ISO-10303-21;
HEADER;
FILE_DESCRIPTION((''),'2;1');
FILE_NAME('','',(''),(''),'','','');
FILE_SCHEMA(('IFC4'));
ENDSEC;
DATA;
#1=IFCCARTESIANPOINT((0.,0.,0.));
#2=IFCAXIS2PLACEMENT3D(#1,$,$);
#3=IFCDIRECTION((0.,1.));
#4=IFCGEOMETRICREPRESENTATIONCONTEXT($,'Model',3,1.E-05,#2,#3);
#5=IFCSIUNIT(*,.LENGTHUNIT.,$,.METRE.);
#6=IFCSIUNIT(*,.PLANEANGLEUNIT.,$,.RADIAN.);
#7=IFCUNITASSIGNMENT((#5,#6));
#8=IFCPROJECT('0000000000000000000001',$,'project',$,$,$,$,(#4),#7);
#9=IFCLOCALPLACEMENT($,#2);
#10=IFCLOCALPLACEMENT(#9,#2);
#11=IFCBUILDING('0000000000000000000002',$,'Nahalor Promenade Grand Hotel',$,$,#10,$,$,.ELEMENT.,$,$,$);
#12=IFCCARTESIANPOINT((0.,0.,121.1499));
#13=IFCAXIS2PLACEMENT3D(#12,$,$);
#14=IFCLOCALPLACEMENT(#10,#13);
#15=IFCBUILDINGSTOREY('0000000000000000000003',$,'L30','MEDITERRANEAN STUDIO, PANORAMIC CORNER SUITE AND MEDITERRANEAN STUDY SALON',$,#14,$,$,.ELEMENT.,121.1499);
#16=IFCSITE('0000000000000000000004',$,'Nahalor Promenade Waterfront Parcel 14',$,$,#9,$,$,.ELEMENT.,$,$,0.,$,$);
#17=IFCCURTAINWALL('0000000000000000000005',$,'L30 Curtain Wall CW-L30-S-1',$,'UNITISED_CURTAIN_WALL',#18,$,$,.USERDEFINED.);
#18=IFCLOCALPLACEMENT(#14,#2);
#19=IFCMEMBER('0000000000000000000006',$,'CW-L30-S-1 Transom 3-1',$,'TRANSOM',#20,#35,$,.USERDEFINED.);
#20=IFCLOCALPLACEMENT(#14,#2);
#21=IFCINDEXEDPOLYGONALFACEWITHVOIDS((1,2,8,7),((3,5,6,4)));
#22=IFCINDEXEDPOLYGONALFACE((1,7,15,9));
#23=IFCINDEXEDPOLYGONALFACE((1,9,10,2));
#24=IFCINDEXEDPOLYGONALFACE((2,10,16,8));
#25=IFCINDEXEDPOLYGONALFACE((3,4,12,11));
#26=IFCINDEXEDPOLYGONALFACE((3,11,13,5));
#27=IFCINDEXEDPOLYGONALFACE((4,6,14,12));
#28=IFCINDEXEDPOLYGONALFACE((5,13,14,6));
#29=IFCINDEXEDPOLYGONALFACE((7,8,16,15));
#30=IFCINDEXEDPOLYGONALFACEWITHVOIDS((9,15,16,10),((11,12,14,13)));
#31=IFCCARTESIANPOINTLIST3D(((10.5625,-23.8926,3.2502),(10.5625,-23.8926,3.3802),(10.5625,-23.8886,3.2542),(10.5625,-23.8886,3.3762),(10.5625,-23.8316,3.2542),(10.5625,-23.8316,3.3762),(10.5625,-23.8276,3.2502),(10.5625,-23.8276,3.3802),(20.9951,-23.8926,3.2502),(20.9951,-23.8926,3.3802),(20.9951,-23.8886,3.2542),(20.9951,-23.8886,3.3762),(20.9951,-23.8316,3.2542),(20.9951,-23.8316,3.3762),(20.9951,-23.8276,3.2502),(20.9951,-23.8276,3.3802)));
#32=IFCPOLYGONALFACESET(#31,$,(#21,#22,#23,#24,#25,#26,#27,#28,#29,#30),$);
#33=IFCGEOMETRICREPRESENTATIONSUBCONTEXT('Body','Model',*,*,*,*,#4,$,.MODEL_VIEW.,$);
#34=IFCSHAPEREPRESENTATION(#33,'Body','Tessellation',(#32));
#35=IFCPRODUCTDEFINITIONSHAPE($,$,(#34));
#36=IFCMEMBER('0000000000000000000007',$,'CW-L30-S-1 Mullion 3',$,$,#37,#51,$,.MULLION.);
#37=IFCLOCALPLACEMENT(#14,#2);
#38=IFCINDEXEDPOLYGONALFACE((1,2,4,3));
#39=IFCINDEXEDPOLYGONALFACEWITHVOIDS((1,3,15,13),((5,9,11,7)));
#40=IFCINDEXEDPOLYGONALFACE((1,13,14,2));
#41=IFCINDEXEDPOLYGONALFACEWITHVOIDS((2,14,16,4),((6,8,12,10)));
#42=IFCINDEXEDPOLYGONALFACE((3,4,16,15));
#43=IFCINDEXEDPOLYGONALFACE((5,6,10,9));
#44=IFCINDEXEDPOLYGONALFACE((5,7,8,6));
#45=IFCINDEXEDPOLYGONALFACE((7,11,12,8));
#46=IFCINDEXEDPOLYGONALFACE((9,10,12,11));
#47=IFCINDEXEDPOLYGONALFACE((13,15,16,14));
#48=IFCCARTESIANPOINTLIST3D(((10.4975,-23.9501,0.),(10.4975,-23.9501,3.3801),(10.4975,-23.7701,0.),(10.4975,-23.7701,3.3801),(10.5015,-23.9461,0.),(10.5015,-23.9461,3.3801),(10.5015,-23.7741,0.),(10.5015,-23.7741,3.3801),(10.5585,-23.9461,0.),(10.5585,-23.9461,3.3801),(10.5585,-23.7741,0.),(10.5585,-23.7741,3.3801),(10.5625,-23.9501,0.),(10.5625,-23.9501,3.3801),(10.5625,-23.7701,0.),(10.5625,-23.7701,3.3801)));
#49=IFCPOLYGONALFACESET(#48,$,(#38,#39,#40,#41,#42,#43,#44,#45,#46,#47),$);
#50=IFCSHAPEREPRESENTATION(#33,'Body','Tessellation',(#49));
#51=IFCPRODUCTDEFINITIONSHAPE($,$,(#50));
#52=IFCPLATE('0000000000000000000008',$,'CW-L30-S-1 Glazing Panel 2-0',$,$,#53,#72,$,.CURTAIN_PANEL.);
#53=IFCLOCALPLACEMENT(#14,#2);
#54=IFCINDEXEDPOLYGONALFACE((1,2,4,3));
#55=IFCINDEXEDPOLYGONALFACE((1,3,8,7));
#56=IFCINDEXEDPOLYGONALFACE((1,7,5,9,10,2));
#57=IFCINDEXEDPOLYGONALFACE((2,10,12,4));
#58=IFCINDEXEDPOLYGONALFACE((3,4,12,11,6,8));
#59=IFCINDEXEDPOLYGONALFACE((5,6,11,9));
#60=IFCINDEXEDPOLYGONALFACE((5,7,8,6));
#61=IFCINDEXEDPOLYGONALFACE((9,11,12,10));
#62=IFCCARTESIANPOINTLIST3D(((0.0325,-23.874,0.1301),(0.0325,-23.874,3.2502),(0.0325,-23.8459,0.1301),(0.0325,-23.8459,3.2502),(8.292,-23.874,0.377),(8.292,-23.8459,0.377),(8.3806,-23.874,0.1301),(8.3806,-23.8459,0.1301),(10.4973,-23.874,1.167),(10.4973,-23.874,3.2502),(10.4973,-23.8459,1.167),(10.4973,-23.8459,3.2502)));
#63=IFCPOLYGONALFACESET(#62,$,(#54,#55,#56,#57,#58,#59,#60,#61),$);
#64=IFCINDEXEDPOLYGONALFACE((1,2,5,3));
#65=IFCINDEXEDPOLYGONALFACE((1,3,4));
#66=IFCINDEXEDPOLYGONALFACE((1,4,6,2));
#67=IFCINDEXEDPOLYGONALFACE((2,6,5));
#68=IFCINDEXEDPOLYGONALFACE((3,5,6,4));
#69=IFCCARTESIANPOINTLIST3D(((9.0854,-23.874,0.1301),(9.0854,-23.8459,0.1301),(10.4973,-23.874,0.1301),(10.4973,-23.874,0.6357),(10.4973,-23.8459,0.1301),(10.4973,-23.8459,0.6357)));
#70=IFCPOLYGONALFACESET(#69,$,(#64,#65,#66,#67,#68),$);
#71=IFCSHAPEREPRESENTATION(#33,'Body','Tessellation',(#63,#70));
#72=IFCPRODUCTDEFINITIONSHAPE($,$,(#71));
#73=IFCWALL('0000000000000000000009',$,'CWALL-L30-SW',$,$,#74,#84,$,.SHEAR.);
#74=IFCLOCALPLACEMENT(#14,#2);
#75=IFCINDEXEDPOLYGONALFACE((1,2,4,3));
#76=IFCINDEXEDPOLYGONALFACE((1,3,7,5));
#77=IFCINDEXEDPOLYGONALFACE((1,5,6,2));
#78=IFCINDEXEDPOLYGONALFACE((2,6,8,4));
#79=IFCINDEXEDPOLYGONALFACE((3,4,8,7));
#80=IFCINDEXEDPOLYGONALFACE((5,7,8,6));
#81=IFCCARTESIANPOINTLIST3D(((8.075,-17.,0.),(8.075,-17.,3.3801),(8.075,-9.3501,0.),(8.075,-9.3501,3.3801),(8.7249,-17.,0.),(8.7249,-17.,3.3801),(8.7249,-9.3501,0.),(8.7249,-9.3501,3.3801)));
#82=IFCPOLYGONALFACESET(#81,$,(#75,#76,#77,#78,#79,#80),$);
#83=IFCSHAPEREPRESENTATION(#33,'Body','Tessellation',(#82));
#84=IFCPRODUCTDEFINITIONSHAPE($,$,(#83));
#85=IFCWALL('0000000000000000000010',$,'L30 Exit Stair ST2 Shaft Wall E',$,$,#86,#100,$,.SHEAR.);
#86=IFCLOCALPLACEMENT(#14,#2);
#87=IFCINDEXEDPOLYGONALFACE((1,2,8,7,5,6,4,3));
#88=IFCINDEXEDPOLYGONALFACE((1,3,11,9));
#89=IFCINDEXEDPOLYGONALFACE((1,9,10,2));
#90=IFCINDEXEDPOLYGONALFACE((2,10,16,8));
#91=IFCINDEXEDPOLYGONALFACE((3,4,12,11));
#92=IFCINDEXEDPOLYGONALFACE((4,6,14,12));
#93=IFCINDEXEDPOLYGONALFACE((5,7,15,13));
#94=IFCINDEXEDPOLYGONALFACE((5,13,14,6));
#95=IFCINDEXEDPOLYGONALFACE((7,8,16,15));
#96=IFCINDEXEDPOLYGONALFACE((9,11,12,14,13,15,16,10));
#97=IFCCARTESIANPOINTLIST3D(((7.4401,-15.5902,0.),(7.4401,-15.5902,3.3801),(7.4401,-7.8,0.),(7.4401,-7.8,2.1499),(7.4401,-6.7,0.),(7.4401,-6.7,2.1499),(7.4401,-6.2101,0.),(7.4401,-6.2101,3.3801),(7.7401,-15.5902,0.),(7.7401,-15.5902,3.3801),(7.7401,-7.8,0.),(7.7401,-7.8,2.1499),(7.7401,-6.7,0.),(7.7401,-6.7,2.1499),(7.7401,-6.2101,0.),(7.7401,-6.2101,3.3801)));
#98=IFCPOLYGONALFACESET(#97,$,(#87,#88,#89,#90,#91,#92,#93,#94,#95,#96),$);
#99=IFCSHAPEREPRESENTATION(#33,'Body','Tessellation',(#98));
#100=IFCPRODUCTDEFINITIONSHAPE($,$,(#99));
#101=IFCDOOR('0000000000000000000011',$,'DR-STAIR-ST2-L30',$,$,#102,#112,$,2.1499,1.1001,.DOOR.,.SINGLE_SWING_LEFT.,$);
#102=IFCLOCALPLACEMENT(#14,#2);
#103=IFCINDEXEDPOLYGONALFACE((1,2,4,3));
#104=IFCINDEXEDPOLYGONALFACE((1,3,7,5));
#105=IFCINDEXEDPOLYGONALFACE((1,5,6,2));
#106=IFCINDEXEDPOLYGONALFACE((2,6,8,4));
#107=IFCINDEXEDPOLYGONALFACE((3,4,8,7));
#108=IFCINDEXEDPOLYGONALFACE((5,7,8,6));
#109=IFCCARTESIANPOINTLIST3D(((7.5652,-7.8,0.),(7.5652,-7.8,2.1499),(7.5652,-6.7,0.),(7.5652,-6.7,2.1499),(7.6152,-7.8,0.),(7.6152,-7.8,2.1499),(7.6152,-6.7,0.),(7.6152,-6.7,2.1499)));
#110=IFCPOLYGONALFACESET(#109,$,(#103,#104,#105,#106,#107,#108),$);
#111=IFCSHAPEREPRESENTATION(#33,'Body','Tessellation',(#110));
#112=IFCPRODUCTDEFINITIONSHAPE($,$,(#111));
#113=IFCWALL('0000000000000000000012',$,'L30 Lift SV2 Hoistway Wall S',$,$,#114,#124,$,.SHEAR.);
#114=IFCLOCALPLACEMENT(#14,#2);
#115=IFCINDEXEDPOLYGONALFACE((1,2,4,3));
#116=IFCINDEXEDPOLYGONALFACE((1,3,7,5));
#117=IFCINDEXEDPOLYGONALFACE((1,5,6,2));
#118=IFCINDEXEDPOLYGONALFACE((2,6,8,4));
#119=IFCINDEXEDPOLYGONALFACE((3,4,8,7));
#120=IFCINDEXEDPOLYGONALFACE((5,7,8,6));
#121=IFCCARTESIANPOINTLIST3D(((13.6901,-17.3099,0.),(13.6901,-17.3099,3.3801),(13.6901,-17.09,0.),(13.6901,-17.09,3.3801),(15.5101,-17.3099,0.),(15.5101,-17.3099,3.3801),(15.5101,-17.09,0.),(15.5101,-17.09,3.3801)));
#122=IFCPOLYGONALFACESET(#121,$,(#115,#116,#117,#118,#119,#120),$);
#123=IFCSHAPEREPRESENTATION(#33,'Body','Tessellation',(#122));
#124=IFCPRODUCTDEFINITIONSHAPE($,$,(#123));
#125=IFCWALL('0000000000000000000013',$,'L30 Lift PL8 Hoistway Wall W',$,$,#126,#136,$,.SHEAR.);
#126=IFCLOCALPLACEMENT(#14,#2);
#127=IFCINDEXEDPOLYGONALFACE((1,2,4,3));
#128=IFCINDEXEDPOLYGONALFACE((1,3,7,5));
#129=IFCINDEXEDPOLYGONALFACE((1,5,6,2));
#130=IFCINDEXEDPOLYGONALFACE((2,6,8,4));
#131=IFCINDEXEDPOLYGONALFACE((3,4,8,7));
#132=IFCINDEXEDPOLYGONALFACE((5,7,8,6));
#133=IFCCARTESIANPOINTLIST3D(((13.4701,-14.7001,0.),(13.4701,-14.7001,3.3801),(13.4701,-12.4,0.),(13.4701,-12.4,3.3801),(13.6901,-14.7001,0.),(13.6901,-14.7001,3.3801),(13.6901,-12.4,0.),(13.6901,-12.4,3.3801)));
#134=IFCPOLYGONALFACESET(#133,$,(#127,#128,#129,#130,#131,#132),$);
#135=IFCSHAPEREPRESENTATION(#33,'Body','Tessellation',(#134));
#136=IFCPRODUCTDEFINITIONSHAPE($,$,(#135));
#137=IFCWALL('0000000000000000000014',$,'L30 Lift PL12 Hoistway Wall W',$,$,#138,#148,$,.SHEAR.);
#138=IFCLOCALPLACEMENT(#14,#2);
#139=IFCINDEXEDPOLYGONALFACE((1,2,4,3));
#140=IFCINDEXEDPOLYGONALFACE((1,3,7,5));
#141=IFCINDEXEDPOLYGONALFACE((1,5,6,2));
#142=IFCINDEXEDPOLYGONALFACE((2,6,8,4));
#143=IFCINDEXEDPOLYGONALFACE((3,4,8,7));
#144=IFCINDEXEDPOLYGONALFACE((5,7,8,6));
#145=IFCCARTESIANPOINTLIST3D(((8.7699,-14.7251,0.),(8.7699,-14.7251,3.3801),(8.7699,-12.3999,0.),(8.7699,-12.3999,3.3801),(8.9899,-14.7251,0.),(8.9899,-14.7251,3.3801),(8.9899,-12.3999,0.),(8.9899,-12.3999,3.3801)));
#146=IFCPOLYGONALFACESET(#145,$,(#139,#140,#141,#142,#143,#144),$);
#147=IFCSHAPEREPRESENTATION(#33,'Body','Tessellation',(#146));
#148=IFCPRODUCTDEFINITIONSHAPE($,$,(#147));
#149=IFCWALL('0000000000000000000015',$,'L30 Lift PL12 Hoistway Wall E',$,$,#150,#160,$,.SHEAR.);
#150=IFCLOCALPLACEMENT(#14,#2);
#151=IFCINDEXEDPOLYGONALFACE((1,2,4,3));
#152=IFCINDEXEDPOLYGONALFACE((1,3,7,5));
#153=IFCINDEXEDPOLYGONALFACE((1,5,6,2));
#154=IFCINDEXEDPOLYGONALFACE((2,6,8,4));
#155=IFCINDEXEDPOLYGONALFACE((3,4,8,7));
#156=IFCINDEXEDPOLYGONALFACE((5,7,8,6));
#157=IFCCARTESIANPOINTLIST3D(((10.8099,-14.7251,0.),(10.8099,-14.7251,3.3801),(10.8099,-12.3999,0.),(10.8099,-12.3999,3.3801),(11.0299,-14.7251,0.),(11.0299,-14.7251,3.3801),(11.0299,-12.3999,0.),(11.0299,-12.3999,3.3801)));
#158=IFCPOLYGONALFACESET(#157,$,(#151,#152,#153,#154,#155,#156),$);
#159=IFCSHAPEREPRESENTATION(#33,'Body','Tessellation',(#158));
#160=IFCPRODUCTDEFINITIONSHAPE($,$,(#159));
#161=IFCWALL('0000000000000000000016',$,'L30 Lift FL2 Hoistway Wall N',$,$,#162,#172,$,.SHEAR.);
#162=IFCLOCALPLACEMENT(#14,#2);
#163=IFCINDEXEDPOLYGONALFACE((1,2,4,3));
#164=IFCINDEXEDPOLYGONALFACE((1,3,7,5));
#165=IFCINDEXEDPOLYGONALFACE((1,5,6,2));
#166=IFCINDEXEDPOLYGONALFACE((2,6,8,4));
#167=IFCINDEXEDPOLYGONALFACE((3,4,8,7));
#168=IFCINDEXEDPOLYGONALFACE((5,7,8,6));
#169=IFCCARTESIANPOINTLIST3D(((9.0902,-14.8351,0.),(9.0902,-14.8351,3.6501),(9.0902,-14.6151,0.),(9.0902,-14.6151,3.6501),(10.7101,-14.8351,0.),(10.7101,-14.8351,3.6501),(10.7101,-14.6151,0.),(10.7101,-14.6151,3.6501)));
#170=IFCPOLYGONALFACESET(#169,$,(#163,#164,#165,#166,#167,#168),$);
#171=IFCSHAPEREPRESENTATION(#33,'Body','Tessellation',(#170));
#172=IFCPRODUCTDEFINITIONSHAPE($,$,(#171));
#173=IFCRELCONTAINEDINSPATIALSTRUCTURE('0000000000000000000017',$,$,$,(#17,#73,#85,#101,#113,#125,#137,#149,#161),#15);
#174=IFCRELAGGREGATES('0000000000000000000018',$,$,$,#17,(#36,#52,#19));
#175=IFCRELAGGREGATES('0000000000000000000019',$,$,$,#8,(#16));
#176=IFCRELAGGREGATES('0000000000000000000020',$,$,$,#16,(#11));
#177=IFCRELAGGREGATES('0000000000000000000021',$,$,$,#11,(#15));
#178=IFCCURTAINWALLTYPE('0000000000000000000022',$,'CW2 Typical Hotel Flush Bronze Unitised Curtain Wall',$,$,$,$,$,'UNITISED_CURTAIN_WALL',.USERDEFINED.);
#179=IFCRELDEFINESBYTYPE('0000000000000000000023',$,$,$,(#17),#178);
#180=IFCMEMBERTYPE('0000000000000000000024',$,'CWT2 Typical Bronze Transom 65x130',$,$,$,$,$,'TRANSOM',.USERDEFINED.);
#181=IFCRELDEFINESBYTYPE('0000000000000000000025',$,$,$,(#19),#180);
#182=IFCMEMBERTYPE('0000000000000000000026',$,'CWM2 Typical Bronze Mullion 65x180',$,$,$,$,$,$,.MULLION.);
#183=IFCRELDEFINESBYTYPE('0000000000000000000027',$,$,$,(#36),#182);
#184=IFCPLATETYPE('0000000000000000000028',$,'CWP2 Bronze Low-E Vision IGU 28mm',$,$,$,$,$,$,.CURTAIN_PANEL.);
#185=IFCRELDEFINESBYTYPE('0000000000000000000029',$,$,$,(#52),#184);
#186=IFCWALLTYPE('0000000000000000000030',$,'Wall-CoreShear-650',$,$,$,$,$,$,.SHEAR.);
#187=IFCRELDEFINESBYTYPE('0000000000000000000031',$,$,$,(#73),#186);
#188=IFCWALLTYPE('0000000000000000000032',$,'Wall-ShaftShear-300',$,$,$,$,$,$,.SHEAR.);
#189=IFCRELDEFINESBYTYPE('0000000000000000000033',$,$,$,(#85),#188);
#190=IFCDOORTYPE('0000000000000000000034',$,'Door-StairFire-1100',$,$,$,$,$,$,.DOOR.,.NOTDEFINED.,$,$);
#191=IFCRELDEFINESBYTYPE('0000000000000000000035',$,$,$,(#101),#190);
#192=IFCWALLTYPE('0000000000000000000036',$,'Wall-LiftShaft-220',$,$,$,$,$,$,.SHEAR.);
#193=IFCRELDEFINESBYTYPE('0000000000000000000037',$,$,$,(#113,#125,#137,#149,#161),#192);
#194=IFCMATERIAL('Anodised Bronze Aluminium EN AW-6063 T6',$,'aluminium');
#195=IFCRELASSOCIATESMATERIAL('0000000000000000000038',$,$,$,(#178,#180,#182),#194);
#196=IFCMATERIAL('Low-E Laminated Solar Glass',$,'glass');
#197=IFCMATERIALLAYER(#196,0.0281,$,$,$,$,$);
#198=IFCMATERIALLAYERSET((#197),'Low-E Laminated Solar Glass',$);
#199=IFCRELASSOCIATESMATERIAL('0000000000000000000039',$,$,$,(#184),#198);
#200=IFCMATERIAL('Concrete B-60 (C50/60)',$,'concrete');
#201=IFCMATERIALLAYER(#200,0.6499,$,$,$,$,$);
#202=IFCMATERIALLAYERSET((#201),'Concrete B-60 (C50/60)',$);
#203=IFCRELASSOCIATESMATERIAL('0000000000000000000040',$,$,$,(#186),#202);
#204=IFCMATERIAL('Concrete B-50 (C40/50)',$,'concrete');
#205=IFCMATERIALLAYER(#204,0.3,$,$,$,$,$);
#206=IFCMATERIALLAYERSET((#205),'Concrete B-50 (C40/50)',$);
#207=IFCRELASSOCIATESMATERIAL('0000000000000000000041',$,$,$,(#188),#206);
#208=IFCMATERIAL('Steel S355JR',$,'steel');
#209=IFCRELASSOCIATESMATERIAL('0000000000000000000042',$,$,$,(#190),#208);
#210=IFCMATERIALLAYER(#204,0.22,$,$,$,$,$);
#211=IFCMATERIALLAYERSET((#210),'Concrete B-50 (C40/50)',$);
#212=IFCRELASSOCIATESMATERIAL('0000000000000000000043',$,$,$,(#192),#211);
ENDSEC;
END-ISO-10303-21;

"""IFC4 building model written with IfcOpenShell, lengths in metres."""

from ifc_helpers import new_model, si_unit, direction, frame, frame_2d, origin, origin_2d, place, context, subcontext, project, spatial, polyline, rectangle, hollow_rectangle, outline, extrude, source, transform, mapped, material, layer, layer_set, material_profile, profile_set, type_object, element, fill, aggregate, save


model = new_model("IFC4")

# Units and contexts
model_context = context("Model", 3, precision=1e-05, world=origin(), true_north=direction((0.0, 1.0)))
body_context = subcontext(model_context, "Body", "Model", "MODEL_VIEW")
ifc_project = project(units=[si_unit("LENGTHUNIT", "METRE"), si_unit("PLANEANGLEUNIT", "RADIAN")], contexts=[model_context])

# Site, building, storey
site_placement = place(None, origin())
site = spatial("IfcSite", under=ifc_project, at=site_placement, Name="Nahalor Promenade Waterfront Parcel 14", CompositionType="ELEMENT", RefElevation=0.0)
building_placement = place(site_placement, origin())
building = spatial("IfcBuilding", under=site, at=building_placement, Name="Nahalor Promenade Grand Hotel", CompositionType="ELEMENT")
storey_placement = place(building_placement, frame((0.0, 0.0, 121.1499)))
storey = spatial("IfcBuildingStorey", under=building, at=storey_placement, Name="L30", Description="MEDITERRANEAN STUDIO, PANORAMIC CORNER SUITE AND MEDITERRANEAN STUDY SALON", CompositionType="ELEMENT", Elevation=121.1499)

# Shared definitions
ifc_material_1 = material(Name="Concrete B-60 (C50/60)", Category="concrete")

# Shared definitions
ifc_material_2 = material(Name="Steel S355JR", Category="steel")

# Curtain wall, members, plate
ifc_material_3 = material(Name="Anodised Bronze Aluminium EN AW-6063 T6", Category="aluminium")
curtain_wall_type = type_object("IfcCurtainWallType", Name="CW2 Typical Hotel Flush Bronze Unitised Curtain Wall", ElementType="UNITISED_CURTAIN_WALL", PredefinedType="USERDEFINED", material=ifc_material_3)
curtain_wall_placement = place(storey_placement, origin())
curtain_wall = element("IfcCurtainWall", 1, at=curtain_wall_placement, inside=storey, type_object=curtain_wall_type, Name="L30 Curtain Wall CW-L30-S-1", ObjectType="UNITISED_CURTAIN_WALL", PredefinedType="USERDEFINED")
ifc_material_profile_1 = material_profile(ifc_material_3, hollow_rectangle(XDim=0.065, YDim=0.13, WallThickness=0.004, at=origin_2d()), Name="CWT 65x130x4")
ifc_profile_set_1 = profile_set([ifc_material_profile_1], Name="Anodised Bronze Aluminium EN AW-6063 T6")
member_type_1 = type_object("IfcMemberType", Name="CWT2 Typical Bronze Transom 65x130", ElementType="TRANSOM", PredefinedType="USERDEFINED", material=ifc_profile_set_1)
shared_shape_1 = source(origin(), body_context, "Body", "SweptSolid", [
    extrude(hollow_rectangle(XDim=0.065, YDim=0.13, WallThickness=0.004, at=origin_2d()), origin(), (0.0, 0.0, 1.0), 10.4326),
])
member_1_placement = place(storey_placement, frame((10.5625, -23.8601, 3.3152), z_axis=(1.0, 0.0, 0.0), x_axis=(0.0, 1.0, 0.0)))
member_1 = element("IfcMember", 2, at=member_1_placement, type_object=member_type_1, Name="CW-L30-S-1 Transom 3-1", ObjectType="TRANSOM", PredefinedType="USERDEFINED", context=body_context, shape_type="MappedRepresentation", body=[
    mapped(shared_shape_1, transform((0.0, 0.0, 0.0), scale=1.0)),
])
ifc_material_profile_2 = material_profile(ifc_material_3, hollow_rectangle(XDim=0.065, YDim=0.18, WallThickness=0.004, at=origin_2d()), Name="CWM 65x180x4")
ifc_profile_set_2 = profile_set([ifc_material_profile_2], Name="Anodised Bronze Aluminium EN AW-6063 T6")
member_type_2 = type_object("IfcMemberType", Name="CWM2 Typical Bronze Mullion 65x180", PredefinedType="MULLION", material=ifc_profile_set_2)
shared_shape_2 = source(origin(), body_context, "Body", "SweptSolid", [
    extrude(hollow_rectangle(XDim=0.065, YDim=0.18, WallThickness=0.004, at=origin_2d()), origin(), (0.0, 0.0, 1.0), 3.3801),
])
member_2_placement = place(storey_placement, frame((10.53, -23.8601, 0.0), z_axis=(0.0, 0.0, 1.0), x_axis=(1.0, 0.0, 0.0)))
member_2 = element("IfcMember", 3, at=member_2_placement, type_object=member_type_2, Name="CW-L30-S-1 Mullion 3", PredefinedType="MULLION", context=body_context, shape_type="MappedRepresentation", body=[
    mapped(shared_shape_2, transform((0.0, 0.0, 0.0), scale=1.0)),
])
ifc_material_4 = material(Name="Low-E Laminated Solar Glass", Category="glass")
ifc_layer_1 = layer(ifc_material_4, 0.0281)
ifc_layer_set_1 = layer_set([ifc_layer_1], Name="Low-E Laminated Solar Glass")
plate_type = type_object("IfcPlateType", Name="CWP2 Bronze Low-E Vision IGU 28mm", PredefinedType="CURTAIN_PANEL", material=ifc_layer_set_1)
plate_placement = place(storey_placement, frame((5.2649, -23.8601, 0.1301), z_axis=(0.0, 0.0, 1.0), x_axis=(1.0, 0.0, 0.0)))
plate = element("IfcPlate", 4, at=plate_placement, type_object=plate_type, Name="CW-L30-S-1 Glazing Panel 2-0", PredefinedType="CURTAIN_PANEL", context=body_context, shape_type="SweptSolid", body=[
    extrude(outline(polyline([(-5.2324, 3.1201), (-5.2324, 0.0), (3.1157, 0.0), (3.0271, 0.2468), (5.2324, 1.0369), (5.2324, 3.1201), (-5.2324, 3.1201)])), frame((0.0, 0.0142, 0.0), z_axis=(0.0, -1.0, 0.0), x_axis=(1.0, 0.0, 0.0)), (0.0, 0.0, 1.0), 0.0281),
    extrude(outline(polyline([(3.8206, 0.0), (5.2324, 0.0), (5.2324, 0.5056), (3.8206, 0.0)])), frame((0.0, 0.0142, 0.0), z_axis=(0.0, -1.0, 0.0), x_axis=(1.0, 0.0, 0.0)), (0.0, 0.0, 1.0), 0.0281),
])
aggregate(curtain_wall, [member_2, plate, member_1])

# Wall
ifc_layer_2 = layer(ifc_material_1, 0.6499)
ifc_layer_set_2 = layer_set([ifc_layer_2], Name="Concrete B-60 (C50/60)")
wall_type_1 = type_object("IfcWallType", Name="Wall-CoreShear-650", PredefinedType="SHEAR", material=ifc_layer_set_2)
shared_shape_3 = source(origin(), body_context, "Body", "SweptSolid", [
    extrude(rectangle(XDim=7.6499, YDim=0.6499, at=frame_2d((3.825, 0.0))), origin(), (0.0, 0.0, 1.0), 3.3801),
])
wall_1_placement = place(storey_placement, frame((8.3999, -17.0, 0.0), z_axis=(0.0, 0.0, 1.0), x_axis=(0.0, 1.0, 0.0)))
element("IfcWall", 5, at=wall_1_placement, inside=storey, type_object=wall_type_1, Name="CWALL-L30-SW", PredefinedType="SHEAR", context=body_context, shape_type="MappedRepresentation", body=[
    mapped(shared_shape_3, transform((0.0, 0.0, 0.0), scale=1.0)),
])

# Wall, opening, door
ifc_material_5 = material(Name="Concrete B-50 (C40/50)", Category="concrete")
ifc_layer_3 = layer(ifc_material_5, 0.3)
ifc_layer_set_3 = layer_set([ifc_layer_3], Name="Concrete B-50 (C40/50)")
wall_type_2 = type_object("IfcWallType", Name="Wall-ShaftShear-300", PredefinedType="SHEAR", material=ifc_layer_set_3)
shared_shape_4 = source(origin(), body_context, "Body", "SweptSolid", [
    extrude(rectangle(XDim=9.3801, YDim=0.3, at=frame_2d((4.6899, 0.0))), origin(), (0.0, 0.0, 1.0), 3.3801),
])
wall_2_placement = place(storey_placement, frame((7.5901, -15.5901, 0.0), z_axis=(0.0, 0.0, 1.0), x_axis=(0.0, 1.0, 0.0)))
wall_2 = element("IfcWall", 6, at=wall_2_placement, inside=storey, type_object=wall_type_2, Name="L30 Exit Stair ST2 Shaft Wall E", PredefinedType="SHEAR", context=body_context, shape_type="MappedRepresentation", body=[
    mapped(shared_shape_4, transform((0.0, 0.0, 0.0), scale=1.0)),
])
opening_1_placement = place(wall_2_placement, frame((7.79, 0.0, 0.0)))
opening_1 = element("IfcOpeningElement", 7, at=opening_1_placement, cuts=wall_2, PredefinedType="OPENING", context=body_context, shape_type="SweptSolid", body=[
    extrude(rectangle(XDim=1.1001, YDim=2.1499, at=frame_2d((0.55, 1.075))), frame((0.0, 0.1599, 0.0), z_axis=(0.0, -1.0, 0.0), x_axis=(1.0, 0.0, 0.0)), (0.0, 0.0, 1.0), 0.3201),
])
door_type_1 = type_object("IfcDoorType", Name="Door-StairFire-1100", OperationType="NOTDEFINED", PredefinedType="DOOR", material=ifc_material_2)
shared_shape_5 = source(origin(), body_context, "Body", "SweptSolid", [
    extrude(rectangle(XDim=1.1001, YDim=2.1499, at=frame_2d((0.55, 1.075))), frame((0.0, 0.0249, 0.0), z_axis=(0.0, -1.0, 0.0), x_axis=(1.0, 0.0, 0.0)), (0.0, 0.0, 1.0), 0.05),
])
door_1_placement = place(opening_1_placement, origin())
door_1 = element("IfcDoor", 8, at=door_1_placement, inside=storey, type_object=door_type_1, Name="DR-STAIR-ST2-L30", OperationType="SINGLE_SWING_LEFT", OverallHeight=2.1499, OverallWidth=1.1001, PredefinedType="DOOR", context=body_context, shape_type="MappedRepresentation", body=[
    mapped(shared_shape_5, transform((0.0, 0.0, 0.0), scale=1.0)),
])
fill(opening_1, door_1)

# Walls
ifc_layer_4 = layer(ifc_material_5, 0.22)
ifc_layer_set_4 = layer_set([ifc_layer_4], Name="Concrete B-50 (C40/50)")
wall_type_3 = type_object("IfcWallType", Name="Wall-LiftShaft-220", PredefinedType="SHEAR", material=ifc_layer_set_4)
shared_shape_6 = source(origin(), body_context, "Body", "SweptSolid", [
    extrude(rectangle(XDim=1.8201, YDim=0.22, at=frame_2d((0.9102, 0.0))), origin(), (0.0, 0.0, 1.0), 3.3801),
])
wall_3_placement = place(storey_placement, frame((13.6899, -17.2, 0.0), z_axis=(0.0, 0.0, 1.0), x_axis=(1.0, 0.0, 0.0)))
element("IfcWall", 9, at=wall_3_placement, inside=storey, type_object=wall_type_3, Name="L30 Lift SV2 Hoistway Wall S", PredefinedType="SHEAR", context=body_context, shape_type="MappedRepresentation", body=[
    mapped(shared_shape_6, transform((0.0, 0.0, 0.0), scale=1.0)),
])
shared_shape_7 = source(origin(), body_context, "Body", "SweptSolid", [
    extrude(rectangle(XDim=2.3, YDim=0.22, at=frame_2d((1.1499, 0.0))), origin(), (0.0, 0.0, 1.0), 3.3801),
])
wall_4_placement = place(storey_placement, frame((13.5801, -14.7, 0.0), z_axis=(0.0, 0.0, 1.0), x_axis=(0.0, 1.0, 0.0)))
element("IfcWall", 10, at=wall_4_placement, inside=storey, type_object=wall_type_3, Name="L30 Lift PL8 Hoistway Wall W", PredefinedType="SHEAR", context=body_context, shape_type="MappedRepresentation", body=[
    mapped(shared_shape_7, transform((0.0, 0.0, 0.0), scale=1.0)),
])
shared_shape_8 = source(origin(), body_context, "Body", "SweptSolid", [
    extrude(rectangle(XDim=2.3252, YDim=0.22, at=frame_2d((1.1626, 0.0))), origin(), (0.0, 0.0, 1.0), 3.3801),
])
for number, where, z_axis, x_axis, name in (
    (11, (8.8799, -14.7251, 0.0), (0.0, 0.0, 1.0), (0.0, 1.0, 0.0), "L30 Lift PL12 Hoistway Wall W"),
    (12, (10.9199, -14.7251, 0.0), (0.0, 0.0, 1.0), (0.0, 1.0, 0.0), "L30 Lift PL12 Hoistway Wall E"),
):
    element("IfcWall", number, at=place(storey_placement, frame(where, z_axis=z_axis, x_axis=x_axis)), inside=storey, type_object=wall_type_3, Name=name, PredefinedType="SHEAR", context=body_context, shape_type="MappedRepresentation", body=[
        mapped(shared_shape_8, transform((0.0, 0.0, 0.0), scale=1.0)),
    ])
shared_shape_9 = source(origin(), body_context, "Body", "SweptSolid", [
    extrude(rectangle(XDim=1.6199, YDim=0.22, at=frame_2d((0.8101, 0.0))), origin(), (0.0, 0.0, 1.0), 3.6501),
])
wall_5_placement = place(storey_placement, frame((9.0901, -14.7251, 0.0), z_axis=(0.0, 0.0, 1.0), x_axis=(1.0, 0.0, 0.0)))
element("IfcWall", 13, at=wall_5_placement, inside=storey, type_object=wall_type_3, Name="L30 Lift FL2 Hoistway Wall N", PredefinedType="SHEAR", context=body_context, shape_type="MappedRepresentation", body=[
    mapped(shared_shape_9, transform((0.0, 0.0, 0.0), scale=1.0)),
])

save(model, "model.ifc")
